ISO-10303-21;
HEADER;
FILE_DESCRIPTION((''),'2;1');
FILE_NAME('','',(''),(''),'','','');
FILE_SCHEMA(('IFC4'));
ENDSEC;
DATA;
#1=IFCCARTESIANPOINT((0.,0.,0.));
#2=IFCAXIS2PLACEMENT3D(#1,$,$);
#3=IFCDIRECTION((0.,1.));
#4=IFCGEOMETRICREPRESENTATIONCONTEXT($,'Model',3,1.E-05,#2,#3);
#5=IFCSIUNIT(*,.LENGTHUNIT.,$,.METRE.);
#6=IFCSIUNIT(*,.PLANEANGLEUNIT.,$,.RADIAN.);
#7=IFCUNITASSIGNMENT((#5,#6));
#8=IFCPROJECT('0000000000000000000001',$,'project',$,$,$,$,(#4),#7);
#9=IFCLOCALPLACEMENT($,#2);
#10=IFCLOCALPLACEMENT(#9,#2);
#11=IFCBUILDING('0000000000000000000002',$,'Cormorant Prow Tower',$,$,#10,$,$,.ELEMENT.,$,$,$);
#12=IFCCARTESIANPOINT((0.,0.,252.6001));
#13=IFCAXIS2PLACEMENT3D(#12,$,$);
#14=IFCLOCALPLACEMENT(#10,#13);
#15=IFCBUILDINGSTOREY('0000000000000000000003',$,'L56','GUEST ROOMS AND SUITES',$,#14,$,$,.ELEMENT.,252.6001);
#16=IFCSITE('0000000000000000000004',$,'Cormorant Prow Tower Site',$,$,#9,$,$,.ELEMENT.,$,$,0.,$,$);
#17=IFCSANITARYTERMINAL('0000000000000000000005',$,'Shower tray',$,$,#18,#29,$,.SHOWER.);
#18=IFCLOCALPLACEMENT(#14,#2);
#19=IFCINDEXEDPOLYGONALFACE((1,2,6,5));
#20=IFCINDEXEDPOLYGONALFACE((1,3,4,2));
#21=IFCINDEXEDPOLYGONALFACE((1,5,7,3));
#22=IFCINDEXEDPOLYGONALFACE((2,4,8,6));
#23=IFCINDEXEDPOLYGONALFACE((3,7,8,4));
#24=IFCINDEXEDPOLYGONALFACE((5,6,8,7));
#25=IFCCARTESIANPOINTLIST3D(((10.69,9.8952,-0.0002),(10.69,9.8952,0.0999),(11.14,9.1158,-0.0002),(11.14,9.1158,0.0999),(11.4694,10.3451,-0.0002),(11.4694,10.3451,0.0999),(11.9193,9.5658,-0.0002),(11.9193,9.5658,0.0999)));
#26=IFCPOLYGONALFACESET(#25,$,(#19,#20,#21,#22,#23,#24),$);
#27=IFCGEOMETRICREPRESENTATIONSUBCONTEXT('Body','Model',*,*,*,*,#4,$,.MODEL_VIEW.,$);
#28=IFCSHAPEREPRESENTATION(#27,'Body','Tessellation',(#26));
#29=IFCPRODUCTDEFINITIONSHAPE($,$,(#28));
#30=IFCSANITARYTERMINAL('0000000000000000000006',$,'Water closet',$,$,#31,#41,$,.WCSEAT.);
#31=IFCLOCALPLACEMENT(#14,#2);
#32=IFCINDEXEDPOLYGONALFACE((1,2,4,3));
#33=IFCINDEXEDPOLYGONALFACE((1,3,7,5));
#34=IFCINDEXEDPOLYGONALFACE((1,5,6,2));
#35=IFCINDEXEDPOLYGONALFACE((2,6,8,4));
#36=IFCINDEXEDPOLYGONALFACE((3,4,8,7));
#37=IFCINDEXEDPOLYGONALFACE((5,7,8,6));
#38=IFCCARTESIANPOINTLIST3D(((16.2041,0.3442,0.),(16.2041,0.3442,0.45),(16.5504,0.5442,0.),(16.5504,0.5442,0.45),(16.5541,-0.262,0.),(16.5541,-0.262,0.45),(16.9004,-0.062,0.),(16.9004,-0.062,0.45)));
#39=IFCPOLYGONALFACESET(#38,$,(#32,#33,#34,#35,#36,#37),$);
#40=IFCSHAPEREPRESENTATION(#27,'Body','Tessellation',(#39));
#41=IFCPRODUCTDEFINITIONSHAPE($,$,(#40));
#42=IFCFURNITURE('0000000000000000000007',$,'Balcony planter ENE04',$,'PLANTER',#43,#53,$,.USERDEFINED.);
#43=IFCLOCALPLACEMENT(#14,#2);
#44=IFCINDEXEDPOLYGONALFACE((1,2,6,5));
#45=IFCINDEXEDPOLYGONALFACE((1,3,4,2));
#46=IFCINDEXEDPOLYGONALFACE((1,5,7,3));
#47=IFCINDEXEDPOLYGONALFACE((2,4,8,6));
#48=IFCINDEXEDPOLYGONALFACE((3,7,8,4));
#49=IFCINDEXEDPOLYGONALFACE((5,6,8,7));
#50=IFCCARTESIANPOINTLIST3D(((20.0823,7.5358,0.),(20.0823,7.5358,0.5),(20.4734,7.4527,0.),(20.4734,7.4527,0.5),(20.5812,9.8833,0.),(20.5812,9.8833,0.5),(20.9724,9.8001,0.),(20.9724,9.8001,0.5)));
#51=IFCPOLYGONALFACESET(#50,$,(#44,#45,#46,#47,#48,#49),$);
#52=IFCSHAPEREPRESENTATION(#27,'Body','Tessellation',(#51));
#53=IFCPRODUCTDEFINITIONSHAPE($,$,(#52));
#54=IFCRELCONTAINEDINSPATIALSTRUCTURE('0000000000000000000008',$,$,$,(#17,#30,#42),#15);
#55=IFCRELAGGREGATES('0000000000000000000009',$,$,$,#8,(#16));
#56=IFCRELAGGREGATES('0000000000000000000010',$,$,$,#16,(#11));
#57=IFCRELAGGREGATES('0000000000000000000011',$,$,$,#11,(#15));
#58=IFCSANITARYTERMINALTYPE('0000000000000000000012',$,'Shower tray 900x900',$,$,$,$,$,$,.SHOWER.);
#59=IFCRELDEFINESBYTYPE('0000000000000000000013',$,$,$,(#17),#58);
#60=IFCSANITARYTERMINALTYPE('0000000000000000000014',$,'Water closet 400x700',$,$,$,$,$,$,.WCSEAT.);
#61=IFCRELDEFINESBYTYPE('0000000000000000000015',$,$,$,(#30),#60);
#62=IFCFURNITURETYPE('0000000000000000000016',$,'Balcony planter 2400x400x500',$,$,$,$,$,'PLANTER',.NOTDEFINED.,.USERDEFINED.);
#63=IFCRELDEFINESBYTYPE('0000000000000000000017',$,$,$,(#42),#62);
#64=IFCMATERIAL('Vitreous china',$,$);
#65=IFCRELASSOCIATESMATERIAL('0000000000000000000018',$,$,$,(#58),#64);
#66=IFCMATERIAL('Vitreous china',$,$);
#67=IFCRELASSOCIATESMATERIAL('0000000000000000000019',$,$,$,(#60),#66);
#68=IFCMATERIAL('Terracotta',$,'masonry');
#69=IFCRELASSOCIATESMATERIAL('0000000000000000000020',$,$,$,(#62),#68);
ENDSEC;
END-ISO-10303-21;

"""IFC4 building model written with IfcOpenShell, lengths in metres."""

from ifc_helpers import new_model, si_unit, direction, frame, origin, origin_2d, place, context, subcontext, project, spatial, rectangle, extrude, material, type_object, element, save


model = new_model("IFC4")

# Units and contexts
model_context = context("Model", 3, precision=1e-05, world=origin(), true_north=direction((0.0, 1.0)))
body_context = subcontext(model_context, "Body", "Model", "MODEL_VIEW")
ifc_project = project(units=[si_unit("LENGTHUNIT", "METRE"), si_unit("PLANEANGLEUNIT", "RADIAN")], contexts=[model_context])

# Site, building, storey
site_placement = place(None, origin())
site = spatial("IfcSite", under=ifc_project, at=site_placement, Name="Cormorant Prow Tower Site", CompositionType="ELEMENT", RefElevation=0.0)
building_placement = place(site_placement, origin())
building = spatial("IfcBuilding", under=site, at=building_placement, Name="Cormorant Prow Tower", CompositionType="ELEMENT")
storey_placement = place(building_placement, frame((0.0, 0.0, 252.6001)))
storey = spatial("IfcBuildingStorey", under=building, at=storey_placement, Name="L56", Description="GUEST ROOMS AND SUITES", CompositionType="ELEMENT", Elevation=252.6001)

# Sanitary terminals
ifc_material_1 = material(Name="Vitreous china")
sanitary_terminal_type_1 = type_object("IfcSanitaryTerminalType", Name="Shower tray 900x900", PredefinedType="SHOWER", material=ifc_material_1)
for number, where, z_axis, x_axis, name in (
    (1, (11.3047, 9.7305, -0.0002), (0.0, 0.0, 1.0), (-0.5, 0.866025, 0.0), "Shower tray"),
):
    element("IfcSanitaryTerminal", number, at=place(storey_placement, frame(where, z_axis=z_axis, x_axis=x_axis)), inside=storey, type_object=sanitary_terminal_type_1, Name=name, PredefinedType="SHOWER", context=body_context, shape_type="SweptSolid", body=[
        extrude(rectangle(XDim=0.8999, YDim=0.8999, at=origin_2d()), origin(), (0.0, 0.0, 1.0), 0.1001),
    ])
ifc_material_2 = material(Name="Vitreous china")
sanitary_terminal_type_2 = type_object("IfcSanitaryTerminalType", Name="Water closet 400x700", PredefinedType="WCSEAT", material=ifc_material_2)
sanitary_terminal_placement = place(storey_placement, frame((16.5522, 0.1411, 0.0), z_axis=(0.0, 0.0, 1.0), x_axis=(0.866025, 0.5, 0.0)))
element("IfcSanitaryTerminal", 2, at=sanitary_terminal_placement, inside=storey, type_object=sanitary_terminal_type_2, Name="Water closet", PredefinedType="WCSEAT", context=body_context, shape_type="SweptSolid", body=[
    extrude(rectangle(XDim=0.3999, YDim=0.7, at=origin_2d()), origin(), (0.0, 0.0, 1.0), 0.45),
])

# Furniture
ifc_material_3 = material(Name="Terracotta", Category="masonry")
furniture_type = type_object("IfcFurnitureType", Name="Balcony planter 2400x400x500", ElementType="PLANTER", AssemblyPlace="NOTDEFINED", PredefinedType="USERDEFINED", material=ifc_material_3)
furniture_placement = place(storey_placement, frame((20.5273, 8.668, 0.0), z_axis=(0.0, 0.0, 1.0), x_axis=(0.207912, 0.978148, 0.0)))
element("IfcFurniture", 3, at=furniture_placement, inside=storey, type_object=furniture_type, Name="Balcony planter ENE04", ObjectType="PLANTER", PredefinedType="USERDEFINED", context=body_context, shape_type="SweptSolid", body=[
    extrude(rectangle(XDim=2.3999, YDim=0.3999, at=origin_2d()), origin(), (0.0, 0.0, 1.0), 0.5),
])

save(model, "model.ifc")
